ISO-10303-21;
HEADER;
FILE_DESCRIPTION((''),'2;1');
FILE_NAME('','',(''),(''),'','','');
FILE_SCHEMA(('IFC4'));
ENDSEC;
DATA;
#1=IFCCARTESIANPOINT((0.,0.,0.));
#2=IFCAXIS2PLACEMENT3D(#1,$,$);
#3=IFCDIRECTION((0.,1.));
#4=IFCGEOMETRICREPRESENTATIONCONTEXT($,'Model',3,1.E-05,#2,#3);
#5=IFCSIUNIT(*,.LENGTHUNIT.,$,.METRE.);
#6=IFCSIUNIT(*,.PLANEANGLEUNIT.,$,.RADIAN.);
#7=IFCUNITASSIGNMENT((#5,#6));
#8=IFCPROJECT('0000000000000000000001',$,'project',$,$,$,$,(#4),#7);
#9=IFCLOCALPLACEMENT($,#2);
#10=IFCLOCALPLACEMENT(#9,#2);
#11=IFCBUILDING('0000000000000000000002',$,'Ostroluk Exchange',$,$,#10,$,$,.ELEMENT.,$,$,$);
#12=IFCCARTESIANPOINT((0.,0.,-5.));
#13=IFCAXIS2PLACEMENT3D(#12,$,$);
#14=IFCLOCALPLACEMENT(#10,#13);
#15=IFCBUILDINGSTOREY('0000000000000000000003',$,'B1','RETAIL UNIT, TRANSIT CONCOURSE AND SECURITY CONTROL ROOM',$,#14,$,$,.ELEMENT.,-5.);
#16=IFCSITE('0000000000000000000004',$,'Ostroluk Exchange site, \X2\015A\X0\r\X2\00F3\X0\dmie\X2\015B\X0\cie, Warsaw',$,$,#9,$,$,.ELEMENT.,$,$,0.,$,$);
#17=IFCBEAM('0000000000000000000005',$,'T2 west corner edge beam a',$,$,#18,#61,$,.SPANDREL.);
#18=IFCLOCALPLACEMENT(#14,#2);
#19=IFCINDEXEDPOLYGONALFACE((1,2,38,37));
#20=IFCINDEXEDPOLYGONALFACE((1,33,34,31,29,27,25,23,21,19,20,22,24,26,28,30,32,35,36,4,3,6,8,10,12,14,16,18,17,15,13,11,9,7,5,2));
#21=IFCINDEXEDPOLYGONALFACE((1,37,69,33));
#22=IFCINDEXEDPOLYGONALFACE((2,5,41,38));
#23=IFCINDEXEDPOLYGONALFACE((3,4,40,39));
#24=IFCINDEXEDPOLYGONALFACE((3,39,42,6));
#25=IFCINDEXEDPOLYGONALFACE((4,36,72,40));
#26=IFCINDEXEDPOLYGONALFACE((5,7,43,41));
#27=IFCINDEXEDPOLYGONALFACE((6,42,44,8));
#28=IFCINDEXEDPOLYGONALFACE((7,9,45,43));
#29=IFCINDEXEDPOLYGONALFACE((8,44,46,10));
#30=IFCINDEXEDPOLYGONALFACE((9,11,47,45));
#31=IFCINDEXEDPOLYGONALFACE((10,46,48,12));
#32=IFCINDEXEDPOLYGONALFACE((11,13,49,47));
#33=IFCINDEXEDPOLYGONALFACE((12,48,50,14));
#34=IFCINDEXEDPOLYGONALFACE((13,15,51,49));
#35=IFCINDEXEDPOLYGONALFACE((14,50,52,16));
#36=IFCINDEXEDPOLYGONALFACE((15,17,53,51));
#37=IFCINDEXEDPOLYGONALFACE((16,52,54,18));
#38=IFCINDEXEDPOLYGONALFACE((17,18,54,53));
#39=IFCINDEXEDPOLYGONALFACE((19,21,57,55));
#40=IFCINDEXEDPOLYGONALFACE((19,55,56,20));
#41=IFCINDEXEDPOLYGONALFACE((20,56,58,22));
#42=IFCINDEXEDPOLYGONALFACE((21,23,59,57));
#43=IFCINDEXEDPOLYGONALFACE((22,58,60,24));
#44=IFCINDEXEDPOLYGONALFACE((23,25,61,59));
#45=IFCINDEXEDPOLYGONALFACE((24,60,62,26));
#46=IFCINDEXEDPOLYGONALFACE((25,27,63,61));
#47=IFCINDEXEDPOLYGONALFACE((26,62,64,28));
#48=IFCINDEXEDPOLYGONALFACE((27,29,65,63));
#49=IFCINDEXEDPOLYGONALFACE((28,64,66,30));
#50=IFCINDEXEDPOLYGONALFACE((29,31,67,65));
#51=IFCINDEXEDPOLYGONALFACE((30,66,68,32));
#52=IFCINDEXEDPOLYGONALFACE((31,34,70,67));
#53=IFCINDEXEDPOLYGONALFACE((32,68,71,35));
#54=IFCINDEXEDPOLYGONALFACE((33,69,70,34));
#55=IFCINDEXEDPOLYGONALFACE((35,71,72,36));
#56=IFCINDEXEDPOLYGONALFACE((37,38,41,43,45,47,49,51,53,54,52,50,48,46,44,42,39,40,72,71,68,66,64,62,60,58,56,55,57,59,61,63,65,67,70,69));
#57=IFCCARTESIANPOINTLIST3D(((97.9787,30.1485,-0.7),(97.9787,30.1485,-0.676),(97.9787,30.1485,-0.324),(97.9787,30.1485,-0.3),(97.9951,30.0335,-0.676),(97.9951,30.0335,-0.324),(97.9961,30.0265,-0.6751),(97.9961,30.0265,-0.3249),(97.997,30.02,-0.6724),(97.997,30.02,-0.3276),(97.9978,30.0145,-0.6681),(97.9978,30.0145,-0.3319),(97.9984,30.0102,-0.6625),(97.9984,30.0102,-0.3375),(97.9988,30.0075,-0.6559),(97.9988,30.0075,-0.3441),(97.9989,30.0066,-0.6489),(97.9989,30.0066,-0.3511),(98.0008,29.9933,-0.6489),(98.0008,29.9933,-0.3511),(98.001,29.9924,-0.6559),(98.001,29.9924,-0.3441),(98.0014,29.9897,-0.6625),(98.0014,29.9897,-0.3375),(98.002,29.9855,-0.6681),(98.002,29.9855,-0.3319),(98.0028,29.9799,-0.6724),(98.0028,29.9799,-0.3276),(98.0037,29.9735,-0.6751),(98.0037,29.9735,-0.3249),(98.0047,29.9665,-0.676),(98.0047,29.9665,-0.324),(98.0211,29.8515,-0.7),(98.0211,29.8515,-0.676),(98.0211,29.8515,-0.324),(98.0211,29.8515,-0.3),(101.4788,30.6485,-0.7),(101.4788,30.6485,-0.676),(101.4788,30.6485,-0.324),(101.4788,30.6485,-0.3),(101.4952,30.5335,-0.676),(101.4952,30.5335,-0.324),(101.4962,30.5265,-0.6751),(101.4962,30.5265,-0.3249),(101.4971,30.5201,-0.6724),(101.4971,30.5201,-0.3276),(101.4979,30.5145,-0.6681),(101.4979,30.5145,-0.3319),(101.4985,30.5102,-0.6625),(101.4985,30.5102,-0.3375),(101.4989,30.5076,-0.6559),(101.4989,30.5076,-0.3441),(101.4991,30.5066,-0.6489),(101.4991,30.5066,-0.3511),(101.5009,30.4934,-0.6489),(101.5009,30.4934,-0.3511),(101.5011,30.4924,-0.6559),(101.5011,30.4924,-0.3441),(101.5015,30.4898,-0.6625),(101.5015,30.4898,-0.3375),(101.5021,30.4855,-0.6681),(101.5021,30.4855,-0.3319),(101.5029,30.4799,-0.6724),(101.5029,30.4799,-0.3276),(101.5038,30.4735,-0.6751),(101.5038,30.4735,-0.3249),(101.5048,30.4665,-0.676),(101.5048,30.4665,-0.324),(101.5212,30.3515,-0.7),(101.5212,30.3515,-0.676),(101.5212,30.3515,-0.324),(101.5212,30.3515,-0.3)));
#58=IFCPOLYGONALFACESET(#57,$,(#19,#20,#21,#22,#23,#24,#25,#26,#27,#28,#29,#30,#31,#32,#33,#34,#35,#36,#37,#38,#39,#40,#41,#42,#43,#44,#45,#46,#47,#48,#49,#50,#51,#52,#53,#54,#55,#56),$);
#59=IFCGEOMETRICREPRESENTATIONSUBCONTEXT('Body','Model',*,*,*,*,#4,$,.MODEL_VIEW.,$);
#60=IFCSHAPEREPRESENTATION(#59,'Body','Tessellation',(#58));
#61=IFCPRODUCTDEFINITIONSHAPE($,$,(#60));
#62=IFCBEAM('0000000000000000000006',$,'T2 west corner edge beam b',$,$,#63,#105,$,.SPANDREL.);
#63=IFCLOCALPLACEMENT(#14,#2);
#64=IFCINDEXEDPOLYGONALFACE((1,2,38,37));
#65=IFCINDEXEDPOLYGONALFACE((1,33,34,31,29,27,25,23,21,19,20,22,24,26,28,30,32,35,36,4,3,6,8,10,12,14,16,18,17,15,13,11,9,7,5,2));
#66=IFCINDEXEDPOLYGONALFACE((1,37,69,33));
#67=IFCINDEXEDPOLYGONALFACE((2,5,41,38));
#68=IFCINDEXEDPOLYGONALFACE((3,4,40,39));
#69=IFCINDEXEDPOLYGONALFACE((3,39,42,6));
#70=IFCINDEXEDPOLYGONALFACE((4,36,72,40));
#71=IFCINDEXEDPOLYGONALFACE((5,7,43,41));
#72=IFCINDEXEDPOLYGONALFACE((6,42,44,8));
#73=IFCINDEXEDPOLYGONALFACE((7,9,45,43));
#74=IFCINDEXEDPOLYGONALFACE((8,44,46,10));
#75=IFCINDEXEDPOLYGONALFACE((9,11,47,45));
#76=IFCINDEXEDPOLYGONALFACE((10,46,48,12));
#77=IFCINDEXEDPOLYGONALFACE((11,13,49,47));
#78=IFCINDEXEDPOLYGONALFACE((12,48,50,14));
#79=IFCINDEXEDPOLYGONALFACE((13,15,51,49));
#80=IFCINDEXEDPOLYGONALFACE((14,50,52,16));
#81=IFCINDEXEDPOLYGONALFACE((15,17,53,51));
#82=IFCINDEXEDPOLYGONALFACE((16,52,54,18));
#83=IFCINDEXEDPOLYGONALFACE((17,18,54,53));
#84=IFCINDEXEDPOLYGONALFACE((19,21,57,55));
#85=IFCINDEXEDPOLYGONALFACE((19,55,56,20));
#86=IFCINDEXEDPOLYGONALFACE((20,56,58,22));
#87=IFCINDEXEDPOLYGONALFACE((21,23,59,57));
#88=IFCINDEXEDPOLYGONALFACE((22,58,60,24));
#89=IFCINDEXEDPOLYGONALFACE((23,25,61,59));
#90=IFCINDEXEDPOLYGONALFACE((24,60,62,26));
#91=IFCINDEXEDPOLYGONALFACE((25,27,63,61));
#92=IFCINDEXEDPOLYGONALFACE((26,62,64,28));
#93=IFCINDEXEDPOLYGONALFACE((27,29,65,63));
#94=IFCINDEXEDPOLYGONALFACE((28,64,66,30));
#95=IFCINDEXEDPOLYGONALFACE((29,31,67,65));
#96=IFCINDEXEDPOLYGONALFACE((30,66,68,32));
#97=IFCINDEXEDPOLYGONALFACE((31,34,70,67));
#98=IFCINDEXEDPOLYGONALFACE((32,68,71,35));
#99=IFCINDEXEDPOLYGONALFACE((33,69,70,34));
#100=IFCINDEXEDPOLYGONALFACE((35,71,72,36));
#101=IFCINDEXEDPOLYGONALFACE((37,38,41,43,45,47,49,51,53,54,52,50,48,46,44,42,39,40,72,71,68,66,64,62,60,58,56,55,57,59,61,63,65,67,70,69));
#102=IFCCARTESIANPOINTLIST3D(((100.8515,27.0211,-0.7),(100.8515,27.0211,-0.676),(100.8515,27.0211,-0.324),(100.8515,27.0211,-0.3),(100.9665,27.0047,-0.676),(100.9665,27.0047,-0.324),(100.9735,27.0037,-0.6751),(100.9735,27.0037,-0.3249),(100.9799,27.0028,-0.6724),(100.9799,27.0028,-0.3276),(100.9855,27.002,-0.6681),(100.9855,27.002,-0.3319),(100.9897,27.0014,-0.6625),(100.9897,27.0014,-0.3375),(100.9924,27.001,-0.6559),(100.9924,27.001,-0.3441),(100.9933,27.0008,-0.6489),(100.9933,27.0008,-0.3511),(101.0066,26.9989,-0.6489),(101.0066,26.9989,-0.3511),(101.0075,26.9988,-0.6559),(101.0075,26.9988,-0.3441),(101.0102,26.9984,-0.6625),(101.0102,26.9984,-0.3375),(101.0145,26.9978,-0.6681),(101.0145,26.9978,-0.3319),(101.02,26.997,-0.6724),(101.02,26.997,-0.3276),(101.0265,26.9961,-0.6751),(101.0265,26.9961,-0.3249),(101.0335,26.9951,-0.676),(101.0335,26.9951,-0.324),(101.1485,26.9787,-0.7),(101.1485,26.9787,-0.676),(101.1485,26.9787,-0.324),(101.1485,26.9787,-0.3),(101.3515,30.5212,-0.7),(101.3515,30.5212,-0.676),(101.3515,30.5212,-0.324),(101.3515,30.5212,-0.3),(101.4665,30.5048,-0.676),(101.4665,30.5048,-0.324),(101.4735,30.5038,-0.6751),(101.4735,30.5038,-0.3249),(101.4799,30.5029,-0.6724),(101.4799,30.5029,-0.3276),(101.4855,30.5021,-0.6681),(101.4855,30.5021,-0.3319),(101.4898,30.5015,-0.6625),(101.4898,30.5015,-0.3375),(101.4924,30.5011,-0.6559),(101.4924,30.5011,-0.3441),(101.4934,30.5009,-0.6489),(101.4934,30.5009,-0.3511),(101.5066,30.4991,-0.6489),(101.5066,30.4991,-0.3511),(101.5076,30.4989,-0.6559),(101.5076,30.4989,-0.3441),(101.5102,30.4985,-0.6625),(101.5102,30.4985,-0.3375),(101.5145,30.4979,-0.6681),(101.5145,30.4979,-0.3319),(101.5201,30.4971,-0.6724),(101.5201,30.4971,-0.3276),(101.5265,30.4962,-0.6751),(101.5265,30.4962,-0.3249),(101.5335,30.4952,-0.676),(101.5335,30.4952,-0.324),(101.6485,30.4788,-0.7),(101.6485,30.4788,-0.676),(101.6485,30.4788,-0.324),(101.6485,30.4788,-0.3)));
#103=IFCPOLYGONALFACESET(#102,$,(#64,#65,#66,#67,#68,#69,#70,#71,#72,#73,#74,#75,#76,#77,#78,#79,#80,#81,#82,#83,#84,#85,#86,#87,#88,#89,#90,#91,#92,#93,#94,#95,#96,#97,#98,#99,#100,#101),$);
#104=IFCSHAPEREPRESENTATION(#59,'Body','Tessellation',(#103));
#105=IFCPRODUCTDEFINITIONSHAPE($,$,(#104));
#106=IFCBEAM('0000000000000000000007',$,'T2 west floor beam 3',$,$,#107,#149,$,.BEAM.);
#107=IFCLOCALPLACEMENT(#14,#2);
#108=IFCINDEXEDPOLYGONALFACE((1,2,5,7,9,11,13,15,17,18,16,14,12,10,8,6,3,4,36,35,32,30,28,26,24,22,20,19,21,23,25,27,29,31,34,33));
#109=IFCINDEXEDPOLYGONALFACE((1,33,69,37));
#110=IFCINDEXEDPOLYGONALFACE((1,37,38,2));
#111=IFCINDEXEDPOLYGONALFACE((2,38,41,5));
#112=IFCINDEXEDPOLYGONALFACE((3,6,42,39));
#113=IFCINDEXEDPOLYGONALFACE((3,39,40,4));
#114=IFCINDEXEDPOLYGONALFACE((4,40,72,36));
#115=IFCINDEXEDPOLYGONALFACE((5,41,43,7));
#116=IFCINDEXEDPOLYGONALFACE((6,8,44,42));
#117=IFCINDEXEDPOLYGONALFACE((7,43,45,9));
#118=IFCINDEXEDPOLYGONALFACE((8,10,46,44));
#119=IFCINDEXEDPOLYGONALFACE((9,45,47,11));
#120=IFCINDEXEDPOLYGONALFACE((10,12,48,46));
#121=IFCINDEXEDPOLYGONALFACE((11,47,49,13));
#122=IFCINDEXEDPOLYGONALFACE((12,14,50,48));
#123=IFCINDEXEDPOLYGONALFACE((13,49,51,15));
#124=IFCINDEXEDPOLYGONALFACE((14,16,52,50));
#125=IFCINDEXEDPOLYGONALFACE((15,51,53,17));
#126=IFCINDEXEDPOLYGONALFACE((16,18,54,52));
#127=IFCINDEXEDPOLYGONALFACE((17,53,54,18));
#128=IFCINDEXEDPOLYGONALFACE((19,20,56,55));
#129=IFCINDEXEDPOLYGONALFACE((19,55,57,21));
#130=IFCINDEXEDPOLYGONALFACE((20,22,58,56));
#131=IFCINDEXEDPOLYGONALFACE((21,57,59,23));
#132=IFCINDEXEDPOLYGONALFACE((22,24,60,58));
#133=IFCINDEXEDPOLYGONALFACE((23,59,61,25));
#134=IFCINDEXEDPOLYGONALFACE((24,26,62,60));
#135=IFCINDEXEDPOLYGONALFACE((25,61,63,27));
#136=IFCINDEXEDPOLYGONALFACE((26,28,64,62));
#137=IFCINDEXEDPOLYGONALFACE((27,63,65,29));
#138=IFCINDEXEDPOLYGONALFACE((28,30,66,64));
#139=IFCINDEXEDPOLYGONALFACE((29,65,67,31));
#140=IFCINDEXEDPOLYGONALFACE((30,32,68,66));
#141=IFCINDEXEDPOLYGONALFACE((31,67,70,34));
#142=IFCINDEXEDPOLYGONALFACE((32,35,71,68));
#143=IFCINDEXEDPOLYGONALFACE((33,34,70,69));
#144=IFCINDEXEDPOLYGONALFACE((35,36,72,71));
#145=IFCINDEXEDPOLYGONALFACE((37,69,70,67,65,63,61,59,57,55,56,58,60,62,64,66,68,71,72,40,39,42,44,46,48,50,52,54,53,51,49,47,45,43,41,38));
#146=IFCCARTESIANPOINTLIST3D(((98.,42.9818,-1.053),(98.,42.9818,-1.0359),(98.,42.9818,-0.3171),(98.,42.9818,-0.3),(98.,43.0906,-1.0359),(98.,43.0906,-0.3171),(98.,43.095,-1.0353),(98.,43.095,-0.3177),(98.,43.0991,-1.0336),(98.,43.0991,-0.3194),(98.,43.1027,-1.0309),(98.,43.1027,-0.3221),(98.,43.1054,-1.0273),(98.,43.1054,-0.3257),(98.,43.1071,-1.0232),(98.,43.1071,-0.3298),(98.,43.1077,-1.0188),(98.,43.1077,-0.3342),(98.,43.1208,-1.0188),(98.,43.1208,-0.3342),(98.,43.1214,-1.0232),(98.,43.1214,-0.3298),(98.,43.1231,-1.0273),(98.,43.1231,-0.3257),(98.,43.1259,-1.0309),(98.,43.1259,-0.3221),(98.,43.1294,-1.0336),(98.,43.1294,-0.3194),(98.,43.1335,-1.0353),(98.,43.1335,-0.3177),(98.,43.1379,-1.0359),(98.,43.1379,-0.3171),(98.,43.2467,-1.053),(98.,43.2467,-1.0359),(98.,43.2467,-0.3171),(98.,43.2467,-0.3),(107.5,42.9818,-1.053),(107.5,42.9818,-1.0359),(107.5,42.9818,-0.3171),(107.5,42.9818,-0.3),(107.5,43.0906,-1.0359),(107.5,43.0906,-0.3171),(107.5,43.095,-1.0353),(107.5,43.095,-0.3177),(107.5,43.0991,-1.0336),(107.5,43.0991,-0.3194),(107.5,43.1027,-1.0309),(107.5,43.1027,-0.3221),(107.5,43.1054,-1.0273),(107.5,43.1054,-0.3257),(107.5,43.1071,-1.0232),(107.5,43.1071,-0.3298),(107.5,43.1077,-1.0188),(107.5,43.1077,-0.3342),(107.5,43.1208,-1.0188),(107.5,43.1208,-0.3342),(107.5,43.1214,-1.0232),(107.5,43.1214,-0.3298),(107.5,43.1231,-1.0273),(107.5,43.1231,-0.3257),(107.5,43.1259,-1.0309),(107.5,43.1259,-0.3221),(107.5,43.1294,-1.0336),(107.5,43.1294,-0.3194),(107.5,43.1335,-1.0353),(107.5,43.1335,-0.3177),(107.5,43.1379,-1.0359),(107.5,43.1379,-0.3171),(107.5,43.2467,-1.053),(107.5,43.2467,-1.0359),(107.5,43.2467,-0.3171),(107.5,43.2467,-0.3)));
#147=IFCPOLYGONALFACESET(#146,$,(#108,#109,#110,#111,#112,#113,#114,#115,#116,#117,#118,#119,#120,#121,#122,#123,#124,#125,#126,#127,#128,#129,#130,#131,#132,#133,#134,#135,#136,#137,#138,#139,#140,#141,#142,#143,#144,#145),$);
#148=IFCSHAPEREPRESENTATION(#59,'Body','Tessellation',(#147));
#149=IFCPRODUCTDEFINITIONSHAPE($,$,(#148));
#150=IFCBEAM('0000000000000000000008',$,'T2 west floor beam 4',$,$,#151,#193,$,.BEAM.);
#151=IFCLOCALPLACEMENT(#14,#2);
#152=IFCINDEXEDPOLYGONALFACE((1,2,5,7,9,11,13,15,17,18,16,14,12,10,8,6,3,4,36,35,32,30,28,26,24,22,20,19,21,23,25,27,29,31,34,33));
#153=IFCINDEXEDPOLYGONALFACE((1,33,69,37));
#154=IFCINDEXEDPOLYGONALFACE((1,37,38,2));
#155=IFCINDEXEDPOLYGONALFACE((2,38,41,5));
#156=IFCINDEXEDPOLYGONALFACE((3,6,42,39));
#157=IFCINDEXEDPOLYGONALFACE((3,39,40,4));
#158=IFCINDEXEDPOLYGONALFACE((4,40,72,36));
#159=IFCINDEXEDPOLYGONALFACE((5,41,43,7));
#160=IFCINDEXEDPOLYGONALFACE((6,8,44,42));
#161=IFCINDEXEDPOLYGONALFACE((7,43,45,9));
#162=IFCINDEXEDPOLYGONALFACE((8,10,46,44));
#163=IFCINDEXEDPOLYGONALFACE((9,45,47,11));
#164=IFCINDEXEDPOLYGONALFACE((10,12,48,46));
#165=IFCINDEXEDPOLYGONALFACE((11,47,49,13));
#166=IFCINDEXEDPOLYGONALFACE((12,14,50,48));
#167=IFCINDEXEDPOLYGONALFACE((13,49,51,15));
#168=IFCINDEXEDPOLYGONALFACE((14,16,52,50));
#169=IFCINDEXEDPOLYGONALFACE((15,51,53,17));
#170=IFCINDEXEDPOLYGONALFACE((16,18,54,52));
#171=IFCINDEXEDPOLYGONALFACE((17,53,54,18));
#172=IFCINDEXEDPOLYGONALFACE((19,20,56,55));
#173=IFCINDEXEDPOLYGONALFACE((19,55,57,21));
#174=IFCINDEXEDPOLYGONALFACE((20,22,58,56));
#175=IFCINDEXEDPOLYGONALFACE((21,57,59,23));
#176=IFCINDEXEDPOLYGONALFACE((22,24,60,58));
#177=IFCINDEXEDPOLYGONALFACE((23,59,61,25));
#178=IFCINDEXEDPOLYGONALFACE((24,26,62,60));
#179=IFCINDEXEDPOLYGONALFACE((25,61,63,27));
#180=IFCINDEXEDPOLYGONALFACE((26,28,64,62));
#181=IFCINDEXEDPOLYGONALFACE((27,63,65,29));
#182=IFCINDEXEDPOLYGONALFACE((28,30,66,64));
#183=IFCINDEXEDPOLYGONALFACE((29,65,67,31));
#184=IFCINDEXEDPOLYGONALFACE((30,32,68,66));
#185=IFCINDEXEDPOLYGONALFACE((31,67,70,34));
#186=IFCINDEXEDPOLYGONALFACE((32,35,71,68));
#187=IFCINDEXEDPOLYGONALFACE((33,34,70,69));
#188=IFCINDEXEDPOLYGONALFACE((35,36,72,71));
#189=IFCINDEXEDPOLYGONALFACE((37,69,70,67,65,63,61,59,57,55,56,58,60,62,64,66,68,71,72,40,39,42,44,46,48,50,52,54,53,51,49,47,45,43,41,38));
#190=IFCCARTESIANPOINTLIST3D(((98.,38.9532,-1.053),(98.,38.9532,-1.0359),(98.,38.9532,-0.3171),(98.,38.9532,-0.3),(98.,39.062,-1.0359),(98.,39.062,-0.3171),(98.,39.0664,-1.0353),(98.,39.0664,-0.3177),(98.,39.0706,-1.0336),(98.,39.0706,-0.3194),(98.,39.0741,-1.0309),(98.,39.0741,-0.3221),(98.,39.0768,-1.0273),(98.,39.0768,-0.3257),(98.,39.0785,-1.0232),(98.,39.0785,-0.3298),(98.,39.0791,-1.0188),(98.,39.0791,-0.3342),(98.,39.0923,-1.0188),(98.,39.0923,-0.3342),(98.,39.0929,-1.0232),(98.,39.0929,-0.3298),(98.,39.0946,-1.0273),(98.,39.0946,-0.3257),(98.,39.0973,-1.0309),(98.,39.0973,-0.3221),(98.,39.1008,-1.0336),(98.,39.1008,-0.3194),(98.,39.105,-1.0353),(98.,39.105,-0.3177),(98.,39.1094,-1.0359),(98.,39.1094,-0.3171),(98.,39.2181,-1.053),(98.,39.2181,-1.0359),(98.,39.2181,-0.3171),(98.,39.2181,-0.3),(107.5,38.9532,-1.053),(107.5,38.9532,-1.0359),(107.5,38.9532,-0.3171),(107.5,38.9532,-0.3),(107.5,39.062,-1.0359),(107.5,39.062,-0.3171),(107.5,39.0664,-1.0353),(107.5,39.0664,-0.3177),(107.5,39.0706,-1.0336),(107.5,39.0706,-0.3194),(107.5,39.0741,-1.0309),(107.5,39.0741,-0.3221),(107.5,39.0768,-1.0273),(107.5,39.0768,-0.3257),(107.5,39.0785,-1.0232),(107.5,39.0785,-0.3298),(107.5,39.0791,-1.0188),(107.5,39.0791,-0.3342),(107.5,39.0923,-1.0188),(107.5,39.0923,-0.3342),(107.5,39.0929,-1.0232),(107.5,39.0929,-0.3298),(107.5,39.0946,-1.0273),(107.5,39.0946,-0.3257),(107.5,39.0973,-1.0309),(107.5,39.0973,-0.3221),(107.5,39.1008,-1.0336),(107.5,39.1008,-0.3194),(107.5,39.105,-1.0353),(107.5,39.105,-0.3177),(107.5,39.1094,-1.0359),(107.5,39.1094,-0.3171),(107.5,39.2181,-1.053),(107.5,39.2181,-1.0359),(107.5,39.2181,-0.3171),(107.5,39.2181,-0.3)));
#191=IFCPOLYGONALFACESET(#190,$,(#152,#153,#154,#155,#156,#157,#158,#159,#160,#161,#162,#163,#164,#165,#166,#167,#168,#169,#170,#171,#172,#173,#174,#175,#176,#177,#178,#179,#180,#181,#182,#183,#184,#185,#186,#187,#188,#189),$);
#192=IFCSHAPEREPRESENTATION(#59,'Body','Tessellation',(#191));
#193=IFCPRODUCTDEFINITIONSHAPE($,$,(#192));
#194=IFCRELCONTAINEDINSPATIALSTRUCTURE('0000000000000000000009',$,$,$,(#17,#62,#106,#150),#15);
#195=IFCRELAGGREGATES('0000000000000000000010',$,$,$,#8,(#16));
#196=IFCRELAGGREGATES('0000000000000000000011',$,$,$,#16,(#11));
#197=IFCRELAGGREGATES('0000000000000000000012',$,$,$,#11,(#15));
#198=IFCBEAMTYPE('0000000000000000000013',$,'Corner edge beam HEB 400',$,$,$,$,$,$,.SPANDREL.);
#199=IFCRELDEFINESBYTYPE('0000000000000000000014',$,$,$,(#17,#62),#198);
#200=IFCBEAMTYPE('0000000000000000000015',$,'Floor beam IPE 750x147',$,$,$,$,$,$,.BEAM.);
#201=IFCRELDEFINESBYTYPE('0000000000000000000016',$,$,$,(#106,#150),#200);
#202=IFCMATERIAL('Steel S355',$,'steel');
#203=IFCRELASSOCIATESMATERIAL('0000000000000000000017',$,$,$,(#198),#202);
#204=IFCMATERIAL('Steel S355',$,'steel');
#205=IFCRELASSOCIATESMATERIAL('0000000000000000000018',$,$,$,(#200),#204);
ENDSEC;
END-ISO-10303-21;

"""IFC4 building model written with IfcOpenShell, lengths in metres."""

from ifc_helpers import new_model, si_unit, direction, frame, origin, origin_2d, place, context, subcontext, project, spatial, i_section, extrude, material, material_profile, profile_set, type_object, element, save


model = new_model("IFC4")

# Units and contexts
model_context = context("Model", 3, precision=1e-05, world=origin(), true_north=direction((0.0, 1.0)))
body_context = subcontext(model_context, "Body", "Model", "MODEL_VIEW")
ifc_project = project(units=[si_unit("LENGTHUNIT", "METRE"), si_unit("PLANEANGLEUNIT", "RADIAN")], contexts=[model_context])

# Site, building, storey
site_placement = place(None, origin())
site = spatial("IfcSite", under=ifc_project, at=site_placement, Name="Ostroluk Exchange site, Śródmieście, Warsaw", CompositionType="ELEMENT", RefElevation=0.0)
building_placement = place(site_placement, origin())
building = spatial("IfcBuilding", under=site, at=building_placement, Name="Ostroluk Exchange", CompositionType="ELEMENT")
storey_placement = place(building_placement, frame((0.0, 0.0, -5.0)))
storey = spatial("IfcBuildingStorey", under=building, at=storey_placement, Name="B1", Description="RETAIL UNIT, TRANSIT CONCOURSE AND SECURITY CONTROL ROOM", CompositionType="ELEMENT", Elevation=-5.0)

# Beams
ifc_material_1 = material(Name="Steel S355", Category="steel")
ifc_material_profile_1 = material_profile(ifc_material_1, i_section(OverallWidth=0.3, OverallDepth=0.3999, WebThickness=0.0134, FlangeThickness=0.0239, FilletRadius=0.0271, at=origin_2d()), Name="HEB 400")
ifc_profile_set_1 = profile_set([ifc_material_profile_1], Name="Steel S355")
beam_type_1 = type_object("IfcBeamType", Name="Corner edge beam HEB 400", PredefinedType="SPANDREL", material=ifc_profile_set_1)
for number, where, z_axis, x_axis, name in (
    (1, (101.5, 30.5, -0.5), (-0.989949, -0.141421, 0.0), (0.141421, -0.989949, 0.0), "T2 west corner edge beam a"),
    (2, (101.5, 30.5, -0.5), (-0.141421, -0.989949, 0.0), (0.989949, -0.141421, 0.0), "T2 west corner edge beam b"),
):
    element("IfcBeam", number, at=place(storey_placement, frame(where, z_axis=z_axis, x_axis=x_axis)), inside=storey, type_object=beam_type_1, Name=name, PredefinedType="SPANDREL", context=body_context, shape_type="SweptSolid", body=[
        extrude(i_section(OverallWidth=0.3, OverallDepth=0.3999, WebThickness=0.0134, FlangeThickness=0.0239, FilletRadius=0.0271, at=origin_2d()), origin(), (0.0, 0.0, 1.0), 3.5356),
    ])
ifc_material_2 = material(Name="Steel S355", Category="steel")
ifc_material_profile_2 = material_profile(ifc_material_2, i_section(OverallWidth=0.2649, OverallDepth=0.7529, WebThickness=0.0132, FlangeThickness=0.0171, FilletRadius=0.0171, at=origin_2d()), Name="IPE 750x147")
ifc_profile_set_2 = profile_set([ifc_material_profile_2], Name="Steel S355")
beam_type_2 = type_object("IfcBeamType", Name="Floor beam IPE 750x147", PredefinedType="BEAM", material=ifc_profile_set_2)
for number, where, z_axis, x_axis, name in (
    (3, (107.5, 43.1143, -0.6765), (-1.0, 0.0, 0.0), (0.0, -1.0, 0.0), "T2 west floor beam 3"),
    (4, (107.5, 39.0857, -0.6765), (-1.0, 0.0, 0.0), (0.0, -1.0, 0.0), "T2 west floor beam 4"),
):
    element("IfcBeam", number, at=place(storey_placement, frame(where, z_axis=z_axis, x_axis=x_axis)), inside=storey, type_object=beam_type_2, Name=name, PredefinedType="BEAM", context=body_context, shape_type="SweptSolid", body=[
        extrude(i_section(OverallWidth=0.2649, OverallDepth=0.7529, WebThickness=0.0132, FlangeThickness=0.0171, FilletRadius=0.0171, at=origin_2d()), origin(), (0.0, 0.0, 1.0), 9.5),
    ])

save(model, "model.ifc")
